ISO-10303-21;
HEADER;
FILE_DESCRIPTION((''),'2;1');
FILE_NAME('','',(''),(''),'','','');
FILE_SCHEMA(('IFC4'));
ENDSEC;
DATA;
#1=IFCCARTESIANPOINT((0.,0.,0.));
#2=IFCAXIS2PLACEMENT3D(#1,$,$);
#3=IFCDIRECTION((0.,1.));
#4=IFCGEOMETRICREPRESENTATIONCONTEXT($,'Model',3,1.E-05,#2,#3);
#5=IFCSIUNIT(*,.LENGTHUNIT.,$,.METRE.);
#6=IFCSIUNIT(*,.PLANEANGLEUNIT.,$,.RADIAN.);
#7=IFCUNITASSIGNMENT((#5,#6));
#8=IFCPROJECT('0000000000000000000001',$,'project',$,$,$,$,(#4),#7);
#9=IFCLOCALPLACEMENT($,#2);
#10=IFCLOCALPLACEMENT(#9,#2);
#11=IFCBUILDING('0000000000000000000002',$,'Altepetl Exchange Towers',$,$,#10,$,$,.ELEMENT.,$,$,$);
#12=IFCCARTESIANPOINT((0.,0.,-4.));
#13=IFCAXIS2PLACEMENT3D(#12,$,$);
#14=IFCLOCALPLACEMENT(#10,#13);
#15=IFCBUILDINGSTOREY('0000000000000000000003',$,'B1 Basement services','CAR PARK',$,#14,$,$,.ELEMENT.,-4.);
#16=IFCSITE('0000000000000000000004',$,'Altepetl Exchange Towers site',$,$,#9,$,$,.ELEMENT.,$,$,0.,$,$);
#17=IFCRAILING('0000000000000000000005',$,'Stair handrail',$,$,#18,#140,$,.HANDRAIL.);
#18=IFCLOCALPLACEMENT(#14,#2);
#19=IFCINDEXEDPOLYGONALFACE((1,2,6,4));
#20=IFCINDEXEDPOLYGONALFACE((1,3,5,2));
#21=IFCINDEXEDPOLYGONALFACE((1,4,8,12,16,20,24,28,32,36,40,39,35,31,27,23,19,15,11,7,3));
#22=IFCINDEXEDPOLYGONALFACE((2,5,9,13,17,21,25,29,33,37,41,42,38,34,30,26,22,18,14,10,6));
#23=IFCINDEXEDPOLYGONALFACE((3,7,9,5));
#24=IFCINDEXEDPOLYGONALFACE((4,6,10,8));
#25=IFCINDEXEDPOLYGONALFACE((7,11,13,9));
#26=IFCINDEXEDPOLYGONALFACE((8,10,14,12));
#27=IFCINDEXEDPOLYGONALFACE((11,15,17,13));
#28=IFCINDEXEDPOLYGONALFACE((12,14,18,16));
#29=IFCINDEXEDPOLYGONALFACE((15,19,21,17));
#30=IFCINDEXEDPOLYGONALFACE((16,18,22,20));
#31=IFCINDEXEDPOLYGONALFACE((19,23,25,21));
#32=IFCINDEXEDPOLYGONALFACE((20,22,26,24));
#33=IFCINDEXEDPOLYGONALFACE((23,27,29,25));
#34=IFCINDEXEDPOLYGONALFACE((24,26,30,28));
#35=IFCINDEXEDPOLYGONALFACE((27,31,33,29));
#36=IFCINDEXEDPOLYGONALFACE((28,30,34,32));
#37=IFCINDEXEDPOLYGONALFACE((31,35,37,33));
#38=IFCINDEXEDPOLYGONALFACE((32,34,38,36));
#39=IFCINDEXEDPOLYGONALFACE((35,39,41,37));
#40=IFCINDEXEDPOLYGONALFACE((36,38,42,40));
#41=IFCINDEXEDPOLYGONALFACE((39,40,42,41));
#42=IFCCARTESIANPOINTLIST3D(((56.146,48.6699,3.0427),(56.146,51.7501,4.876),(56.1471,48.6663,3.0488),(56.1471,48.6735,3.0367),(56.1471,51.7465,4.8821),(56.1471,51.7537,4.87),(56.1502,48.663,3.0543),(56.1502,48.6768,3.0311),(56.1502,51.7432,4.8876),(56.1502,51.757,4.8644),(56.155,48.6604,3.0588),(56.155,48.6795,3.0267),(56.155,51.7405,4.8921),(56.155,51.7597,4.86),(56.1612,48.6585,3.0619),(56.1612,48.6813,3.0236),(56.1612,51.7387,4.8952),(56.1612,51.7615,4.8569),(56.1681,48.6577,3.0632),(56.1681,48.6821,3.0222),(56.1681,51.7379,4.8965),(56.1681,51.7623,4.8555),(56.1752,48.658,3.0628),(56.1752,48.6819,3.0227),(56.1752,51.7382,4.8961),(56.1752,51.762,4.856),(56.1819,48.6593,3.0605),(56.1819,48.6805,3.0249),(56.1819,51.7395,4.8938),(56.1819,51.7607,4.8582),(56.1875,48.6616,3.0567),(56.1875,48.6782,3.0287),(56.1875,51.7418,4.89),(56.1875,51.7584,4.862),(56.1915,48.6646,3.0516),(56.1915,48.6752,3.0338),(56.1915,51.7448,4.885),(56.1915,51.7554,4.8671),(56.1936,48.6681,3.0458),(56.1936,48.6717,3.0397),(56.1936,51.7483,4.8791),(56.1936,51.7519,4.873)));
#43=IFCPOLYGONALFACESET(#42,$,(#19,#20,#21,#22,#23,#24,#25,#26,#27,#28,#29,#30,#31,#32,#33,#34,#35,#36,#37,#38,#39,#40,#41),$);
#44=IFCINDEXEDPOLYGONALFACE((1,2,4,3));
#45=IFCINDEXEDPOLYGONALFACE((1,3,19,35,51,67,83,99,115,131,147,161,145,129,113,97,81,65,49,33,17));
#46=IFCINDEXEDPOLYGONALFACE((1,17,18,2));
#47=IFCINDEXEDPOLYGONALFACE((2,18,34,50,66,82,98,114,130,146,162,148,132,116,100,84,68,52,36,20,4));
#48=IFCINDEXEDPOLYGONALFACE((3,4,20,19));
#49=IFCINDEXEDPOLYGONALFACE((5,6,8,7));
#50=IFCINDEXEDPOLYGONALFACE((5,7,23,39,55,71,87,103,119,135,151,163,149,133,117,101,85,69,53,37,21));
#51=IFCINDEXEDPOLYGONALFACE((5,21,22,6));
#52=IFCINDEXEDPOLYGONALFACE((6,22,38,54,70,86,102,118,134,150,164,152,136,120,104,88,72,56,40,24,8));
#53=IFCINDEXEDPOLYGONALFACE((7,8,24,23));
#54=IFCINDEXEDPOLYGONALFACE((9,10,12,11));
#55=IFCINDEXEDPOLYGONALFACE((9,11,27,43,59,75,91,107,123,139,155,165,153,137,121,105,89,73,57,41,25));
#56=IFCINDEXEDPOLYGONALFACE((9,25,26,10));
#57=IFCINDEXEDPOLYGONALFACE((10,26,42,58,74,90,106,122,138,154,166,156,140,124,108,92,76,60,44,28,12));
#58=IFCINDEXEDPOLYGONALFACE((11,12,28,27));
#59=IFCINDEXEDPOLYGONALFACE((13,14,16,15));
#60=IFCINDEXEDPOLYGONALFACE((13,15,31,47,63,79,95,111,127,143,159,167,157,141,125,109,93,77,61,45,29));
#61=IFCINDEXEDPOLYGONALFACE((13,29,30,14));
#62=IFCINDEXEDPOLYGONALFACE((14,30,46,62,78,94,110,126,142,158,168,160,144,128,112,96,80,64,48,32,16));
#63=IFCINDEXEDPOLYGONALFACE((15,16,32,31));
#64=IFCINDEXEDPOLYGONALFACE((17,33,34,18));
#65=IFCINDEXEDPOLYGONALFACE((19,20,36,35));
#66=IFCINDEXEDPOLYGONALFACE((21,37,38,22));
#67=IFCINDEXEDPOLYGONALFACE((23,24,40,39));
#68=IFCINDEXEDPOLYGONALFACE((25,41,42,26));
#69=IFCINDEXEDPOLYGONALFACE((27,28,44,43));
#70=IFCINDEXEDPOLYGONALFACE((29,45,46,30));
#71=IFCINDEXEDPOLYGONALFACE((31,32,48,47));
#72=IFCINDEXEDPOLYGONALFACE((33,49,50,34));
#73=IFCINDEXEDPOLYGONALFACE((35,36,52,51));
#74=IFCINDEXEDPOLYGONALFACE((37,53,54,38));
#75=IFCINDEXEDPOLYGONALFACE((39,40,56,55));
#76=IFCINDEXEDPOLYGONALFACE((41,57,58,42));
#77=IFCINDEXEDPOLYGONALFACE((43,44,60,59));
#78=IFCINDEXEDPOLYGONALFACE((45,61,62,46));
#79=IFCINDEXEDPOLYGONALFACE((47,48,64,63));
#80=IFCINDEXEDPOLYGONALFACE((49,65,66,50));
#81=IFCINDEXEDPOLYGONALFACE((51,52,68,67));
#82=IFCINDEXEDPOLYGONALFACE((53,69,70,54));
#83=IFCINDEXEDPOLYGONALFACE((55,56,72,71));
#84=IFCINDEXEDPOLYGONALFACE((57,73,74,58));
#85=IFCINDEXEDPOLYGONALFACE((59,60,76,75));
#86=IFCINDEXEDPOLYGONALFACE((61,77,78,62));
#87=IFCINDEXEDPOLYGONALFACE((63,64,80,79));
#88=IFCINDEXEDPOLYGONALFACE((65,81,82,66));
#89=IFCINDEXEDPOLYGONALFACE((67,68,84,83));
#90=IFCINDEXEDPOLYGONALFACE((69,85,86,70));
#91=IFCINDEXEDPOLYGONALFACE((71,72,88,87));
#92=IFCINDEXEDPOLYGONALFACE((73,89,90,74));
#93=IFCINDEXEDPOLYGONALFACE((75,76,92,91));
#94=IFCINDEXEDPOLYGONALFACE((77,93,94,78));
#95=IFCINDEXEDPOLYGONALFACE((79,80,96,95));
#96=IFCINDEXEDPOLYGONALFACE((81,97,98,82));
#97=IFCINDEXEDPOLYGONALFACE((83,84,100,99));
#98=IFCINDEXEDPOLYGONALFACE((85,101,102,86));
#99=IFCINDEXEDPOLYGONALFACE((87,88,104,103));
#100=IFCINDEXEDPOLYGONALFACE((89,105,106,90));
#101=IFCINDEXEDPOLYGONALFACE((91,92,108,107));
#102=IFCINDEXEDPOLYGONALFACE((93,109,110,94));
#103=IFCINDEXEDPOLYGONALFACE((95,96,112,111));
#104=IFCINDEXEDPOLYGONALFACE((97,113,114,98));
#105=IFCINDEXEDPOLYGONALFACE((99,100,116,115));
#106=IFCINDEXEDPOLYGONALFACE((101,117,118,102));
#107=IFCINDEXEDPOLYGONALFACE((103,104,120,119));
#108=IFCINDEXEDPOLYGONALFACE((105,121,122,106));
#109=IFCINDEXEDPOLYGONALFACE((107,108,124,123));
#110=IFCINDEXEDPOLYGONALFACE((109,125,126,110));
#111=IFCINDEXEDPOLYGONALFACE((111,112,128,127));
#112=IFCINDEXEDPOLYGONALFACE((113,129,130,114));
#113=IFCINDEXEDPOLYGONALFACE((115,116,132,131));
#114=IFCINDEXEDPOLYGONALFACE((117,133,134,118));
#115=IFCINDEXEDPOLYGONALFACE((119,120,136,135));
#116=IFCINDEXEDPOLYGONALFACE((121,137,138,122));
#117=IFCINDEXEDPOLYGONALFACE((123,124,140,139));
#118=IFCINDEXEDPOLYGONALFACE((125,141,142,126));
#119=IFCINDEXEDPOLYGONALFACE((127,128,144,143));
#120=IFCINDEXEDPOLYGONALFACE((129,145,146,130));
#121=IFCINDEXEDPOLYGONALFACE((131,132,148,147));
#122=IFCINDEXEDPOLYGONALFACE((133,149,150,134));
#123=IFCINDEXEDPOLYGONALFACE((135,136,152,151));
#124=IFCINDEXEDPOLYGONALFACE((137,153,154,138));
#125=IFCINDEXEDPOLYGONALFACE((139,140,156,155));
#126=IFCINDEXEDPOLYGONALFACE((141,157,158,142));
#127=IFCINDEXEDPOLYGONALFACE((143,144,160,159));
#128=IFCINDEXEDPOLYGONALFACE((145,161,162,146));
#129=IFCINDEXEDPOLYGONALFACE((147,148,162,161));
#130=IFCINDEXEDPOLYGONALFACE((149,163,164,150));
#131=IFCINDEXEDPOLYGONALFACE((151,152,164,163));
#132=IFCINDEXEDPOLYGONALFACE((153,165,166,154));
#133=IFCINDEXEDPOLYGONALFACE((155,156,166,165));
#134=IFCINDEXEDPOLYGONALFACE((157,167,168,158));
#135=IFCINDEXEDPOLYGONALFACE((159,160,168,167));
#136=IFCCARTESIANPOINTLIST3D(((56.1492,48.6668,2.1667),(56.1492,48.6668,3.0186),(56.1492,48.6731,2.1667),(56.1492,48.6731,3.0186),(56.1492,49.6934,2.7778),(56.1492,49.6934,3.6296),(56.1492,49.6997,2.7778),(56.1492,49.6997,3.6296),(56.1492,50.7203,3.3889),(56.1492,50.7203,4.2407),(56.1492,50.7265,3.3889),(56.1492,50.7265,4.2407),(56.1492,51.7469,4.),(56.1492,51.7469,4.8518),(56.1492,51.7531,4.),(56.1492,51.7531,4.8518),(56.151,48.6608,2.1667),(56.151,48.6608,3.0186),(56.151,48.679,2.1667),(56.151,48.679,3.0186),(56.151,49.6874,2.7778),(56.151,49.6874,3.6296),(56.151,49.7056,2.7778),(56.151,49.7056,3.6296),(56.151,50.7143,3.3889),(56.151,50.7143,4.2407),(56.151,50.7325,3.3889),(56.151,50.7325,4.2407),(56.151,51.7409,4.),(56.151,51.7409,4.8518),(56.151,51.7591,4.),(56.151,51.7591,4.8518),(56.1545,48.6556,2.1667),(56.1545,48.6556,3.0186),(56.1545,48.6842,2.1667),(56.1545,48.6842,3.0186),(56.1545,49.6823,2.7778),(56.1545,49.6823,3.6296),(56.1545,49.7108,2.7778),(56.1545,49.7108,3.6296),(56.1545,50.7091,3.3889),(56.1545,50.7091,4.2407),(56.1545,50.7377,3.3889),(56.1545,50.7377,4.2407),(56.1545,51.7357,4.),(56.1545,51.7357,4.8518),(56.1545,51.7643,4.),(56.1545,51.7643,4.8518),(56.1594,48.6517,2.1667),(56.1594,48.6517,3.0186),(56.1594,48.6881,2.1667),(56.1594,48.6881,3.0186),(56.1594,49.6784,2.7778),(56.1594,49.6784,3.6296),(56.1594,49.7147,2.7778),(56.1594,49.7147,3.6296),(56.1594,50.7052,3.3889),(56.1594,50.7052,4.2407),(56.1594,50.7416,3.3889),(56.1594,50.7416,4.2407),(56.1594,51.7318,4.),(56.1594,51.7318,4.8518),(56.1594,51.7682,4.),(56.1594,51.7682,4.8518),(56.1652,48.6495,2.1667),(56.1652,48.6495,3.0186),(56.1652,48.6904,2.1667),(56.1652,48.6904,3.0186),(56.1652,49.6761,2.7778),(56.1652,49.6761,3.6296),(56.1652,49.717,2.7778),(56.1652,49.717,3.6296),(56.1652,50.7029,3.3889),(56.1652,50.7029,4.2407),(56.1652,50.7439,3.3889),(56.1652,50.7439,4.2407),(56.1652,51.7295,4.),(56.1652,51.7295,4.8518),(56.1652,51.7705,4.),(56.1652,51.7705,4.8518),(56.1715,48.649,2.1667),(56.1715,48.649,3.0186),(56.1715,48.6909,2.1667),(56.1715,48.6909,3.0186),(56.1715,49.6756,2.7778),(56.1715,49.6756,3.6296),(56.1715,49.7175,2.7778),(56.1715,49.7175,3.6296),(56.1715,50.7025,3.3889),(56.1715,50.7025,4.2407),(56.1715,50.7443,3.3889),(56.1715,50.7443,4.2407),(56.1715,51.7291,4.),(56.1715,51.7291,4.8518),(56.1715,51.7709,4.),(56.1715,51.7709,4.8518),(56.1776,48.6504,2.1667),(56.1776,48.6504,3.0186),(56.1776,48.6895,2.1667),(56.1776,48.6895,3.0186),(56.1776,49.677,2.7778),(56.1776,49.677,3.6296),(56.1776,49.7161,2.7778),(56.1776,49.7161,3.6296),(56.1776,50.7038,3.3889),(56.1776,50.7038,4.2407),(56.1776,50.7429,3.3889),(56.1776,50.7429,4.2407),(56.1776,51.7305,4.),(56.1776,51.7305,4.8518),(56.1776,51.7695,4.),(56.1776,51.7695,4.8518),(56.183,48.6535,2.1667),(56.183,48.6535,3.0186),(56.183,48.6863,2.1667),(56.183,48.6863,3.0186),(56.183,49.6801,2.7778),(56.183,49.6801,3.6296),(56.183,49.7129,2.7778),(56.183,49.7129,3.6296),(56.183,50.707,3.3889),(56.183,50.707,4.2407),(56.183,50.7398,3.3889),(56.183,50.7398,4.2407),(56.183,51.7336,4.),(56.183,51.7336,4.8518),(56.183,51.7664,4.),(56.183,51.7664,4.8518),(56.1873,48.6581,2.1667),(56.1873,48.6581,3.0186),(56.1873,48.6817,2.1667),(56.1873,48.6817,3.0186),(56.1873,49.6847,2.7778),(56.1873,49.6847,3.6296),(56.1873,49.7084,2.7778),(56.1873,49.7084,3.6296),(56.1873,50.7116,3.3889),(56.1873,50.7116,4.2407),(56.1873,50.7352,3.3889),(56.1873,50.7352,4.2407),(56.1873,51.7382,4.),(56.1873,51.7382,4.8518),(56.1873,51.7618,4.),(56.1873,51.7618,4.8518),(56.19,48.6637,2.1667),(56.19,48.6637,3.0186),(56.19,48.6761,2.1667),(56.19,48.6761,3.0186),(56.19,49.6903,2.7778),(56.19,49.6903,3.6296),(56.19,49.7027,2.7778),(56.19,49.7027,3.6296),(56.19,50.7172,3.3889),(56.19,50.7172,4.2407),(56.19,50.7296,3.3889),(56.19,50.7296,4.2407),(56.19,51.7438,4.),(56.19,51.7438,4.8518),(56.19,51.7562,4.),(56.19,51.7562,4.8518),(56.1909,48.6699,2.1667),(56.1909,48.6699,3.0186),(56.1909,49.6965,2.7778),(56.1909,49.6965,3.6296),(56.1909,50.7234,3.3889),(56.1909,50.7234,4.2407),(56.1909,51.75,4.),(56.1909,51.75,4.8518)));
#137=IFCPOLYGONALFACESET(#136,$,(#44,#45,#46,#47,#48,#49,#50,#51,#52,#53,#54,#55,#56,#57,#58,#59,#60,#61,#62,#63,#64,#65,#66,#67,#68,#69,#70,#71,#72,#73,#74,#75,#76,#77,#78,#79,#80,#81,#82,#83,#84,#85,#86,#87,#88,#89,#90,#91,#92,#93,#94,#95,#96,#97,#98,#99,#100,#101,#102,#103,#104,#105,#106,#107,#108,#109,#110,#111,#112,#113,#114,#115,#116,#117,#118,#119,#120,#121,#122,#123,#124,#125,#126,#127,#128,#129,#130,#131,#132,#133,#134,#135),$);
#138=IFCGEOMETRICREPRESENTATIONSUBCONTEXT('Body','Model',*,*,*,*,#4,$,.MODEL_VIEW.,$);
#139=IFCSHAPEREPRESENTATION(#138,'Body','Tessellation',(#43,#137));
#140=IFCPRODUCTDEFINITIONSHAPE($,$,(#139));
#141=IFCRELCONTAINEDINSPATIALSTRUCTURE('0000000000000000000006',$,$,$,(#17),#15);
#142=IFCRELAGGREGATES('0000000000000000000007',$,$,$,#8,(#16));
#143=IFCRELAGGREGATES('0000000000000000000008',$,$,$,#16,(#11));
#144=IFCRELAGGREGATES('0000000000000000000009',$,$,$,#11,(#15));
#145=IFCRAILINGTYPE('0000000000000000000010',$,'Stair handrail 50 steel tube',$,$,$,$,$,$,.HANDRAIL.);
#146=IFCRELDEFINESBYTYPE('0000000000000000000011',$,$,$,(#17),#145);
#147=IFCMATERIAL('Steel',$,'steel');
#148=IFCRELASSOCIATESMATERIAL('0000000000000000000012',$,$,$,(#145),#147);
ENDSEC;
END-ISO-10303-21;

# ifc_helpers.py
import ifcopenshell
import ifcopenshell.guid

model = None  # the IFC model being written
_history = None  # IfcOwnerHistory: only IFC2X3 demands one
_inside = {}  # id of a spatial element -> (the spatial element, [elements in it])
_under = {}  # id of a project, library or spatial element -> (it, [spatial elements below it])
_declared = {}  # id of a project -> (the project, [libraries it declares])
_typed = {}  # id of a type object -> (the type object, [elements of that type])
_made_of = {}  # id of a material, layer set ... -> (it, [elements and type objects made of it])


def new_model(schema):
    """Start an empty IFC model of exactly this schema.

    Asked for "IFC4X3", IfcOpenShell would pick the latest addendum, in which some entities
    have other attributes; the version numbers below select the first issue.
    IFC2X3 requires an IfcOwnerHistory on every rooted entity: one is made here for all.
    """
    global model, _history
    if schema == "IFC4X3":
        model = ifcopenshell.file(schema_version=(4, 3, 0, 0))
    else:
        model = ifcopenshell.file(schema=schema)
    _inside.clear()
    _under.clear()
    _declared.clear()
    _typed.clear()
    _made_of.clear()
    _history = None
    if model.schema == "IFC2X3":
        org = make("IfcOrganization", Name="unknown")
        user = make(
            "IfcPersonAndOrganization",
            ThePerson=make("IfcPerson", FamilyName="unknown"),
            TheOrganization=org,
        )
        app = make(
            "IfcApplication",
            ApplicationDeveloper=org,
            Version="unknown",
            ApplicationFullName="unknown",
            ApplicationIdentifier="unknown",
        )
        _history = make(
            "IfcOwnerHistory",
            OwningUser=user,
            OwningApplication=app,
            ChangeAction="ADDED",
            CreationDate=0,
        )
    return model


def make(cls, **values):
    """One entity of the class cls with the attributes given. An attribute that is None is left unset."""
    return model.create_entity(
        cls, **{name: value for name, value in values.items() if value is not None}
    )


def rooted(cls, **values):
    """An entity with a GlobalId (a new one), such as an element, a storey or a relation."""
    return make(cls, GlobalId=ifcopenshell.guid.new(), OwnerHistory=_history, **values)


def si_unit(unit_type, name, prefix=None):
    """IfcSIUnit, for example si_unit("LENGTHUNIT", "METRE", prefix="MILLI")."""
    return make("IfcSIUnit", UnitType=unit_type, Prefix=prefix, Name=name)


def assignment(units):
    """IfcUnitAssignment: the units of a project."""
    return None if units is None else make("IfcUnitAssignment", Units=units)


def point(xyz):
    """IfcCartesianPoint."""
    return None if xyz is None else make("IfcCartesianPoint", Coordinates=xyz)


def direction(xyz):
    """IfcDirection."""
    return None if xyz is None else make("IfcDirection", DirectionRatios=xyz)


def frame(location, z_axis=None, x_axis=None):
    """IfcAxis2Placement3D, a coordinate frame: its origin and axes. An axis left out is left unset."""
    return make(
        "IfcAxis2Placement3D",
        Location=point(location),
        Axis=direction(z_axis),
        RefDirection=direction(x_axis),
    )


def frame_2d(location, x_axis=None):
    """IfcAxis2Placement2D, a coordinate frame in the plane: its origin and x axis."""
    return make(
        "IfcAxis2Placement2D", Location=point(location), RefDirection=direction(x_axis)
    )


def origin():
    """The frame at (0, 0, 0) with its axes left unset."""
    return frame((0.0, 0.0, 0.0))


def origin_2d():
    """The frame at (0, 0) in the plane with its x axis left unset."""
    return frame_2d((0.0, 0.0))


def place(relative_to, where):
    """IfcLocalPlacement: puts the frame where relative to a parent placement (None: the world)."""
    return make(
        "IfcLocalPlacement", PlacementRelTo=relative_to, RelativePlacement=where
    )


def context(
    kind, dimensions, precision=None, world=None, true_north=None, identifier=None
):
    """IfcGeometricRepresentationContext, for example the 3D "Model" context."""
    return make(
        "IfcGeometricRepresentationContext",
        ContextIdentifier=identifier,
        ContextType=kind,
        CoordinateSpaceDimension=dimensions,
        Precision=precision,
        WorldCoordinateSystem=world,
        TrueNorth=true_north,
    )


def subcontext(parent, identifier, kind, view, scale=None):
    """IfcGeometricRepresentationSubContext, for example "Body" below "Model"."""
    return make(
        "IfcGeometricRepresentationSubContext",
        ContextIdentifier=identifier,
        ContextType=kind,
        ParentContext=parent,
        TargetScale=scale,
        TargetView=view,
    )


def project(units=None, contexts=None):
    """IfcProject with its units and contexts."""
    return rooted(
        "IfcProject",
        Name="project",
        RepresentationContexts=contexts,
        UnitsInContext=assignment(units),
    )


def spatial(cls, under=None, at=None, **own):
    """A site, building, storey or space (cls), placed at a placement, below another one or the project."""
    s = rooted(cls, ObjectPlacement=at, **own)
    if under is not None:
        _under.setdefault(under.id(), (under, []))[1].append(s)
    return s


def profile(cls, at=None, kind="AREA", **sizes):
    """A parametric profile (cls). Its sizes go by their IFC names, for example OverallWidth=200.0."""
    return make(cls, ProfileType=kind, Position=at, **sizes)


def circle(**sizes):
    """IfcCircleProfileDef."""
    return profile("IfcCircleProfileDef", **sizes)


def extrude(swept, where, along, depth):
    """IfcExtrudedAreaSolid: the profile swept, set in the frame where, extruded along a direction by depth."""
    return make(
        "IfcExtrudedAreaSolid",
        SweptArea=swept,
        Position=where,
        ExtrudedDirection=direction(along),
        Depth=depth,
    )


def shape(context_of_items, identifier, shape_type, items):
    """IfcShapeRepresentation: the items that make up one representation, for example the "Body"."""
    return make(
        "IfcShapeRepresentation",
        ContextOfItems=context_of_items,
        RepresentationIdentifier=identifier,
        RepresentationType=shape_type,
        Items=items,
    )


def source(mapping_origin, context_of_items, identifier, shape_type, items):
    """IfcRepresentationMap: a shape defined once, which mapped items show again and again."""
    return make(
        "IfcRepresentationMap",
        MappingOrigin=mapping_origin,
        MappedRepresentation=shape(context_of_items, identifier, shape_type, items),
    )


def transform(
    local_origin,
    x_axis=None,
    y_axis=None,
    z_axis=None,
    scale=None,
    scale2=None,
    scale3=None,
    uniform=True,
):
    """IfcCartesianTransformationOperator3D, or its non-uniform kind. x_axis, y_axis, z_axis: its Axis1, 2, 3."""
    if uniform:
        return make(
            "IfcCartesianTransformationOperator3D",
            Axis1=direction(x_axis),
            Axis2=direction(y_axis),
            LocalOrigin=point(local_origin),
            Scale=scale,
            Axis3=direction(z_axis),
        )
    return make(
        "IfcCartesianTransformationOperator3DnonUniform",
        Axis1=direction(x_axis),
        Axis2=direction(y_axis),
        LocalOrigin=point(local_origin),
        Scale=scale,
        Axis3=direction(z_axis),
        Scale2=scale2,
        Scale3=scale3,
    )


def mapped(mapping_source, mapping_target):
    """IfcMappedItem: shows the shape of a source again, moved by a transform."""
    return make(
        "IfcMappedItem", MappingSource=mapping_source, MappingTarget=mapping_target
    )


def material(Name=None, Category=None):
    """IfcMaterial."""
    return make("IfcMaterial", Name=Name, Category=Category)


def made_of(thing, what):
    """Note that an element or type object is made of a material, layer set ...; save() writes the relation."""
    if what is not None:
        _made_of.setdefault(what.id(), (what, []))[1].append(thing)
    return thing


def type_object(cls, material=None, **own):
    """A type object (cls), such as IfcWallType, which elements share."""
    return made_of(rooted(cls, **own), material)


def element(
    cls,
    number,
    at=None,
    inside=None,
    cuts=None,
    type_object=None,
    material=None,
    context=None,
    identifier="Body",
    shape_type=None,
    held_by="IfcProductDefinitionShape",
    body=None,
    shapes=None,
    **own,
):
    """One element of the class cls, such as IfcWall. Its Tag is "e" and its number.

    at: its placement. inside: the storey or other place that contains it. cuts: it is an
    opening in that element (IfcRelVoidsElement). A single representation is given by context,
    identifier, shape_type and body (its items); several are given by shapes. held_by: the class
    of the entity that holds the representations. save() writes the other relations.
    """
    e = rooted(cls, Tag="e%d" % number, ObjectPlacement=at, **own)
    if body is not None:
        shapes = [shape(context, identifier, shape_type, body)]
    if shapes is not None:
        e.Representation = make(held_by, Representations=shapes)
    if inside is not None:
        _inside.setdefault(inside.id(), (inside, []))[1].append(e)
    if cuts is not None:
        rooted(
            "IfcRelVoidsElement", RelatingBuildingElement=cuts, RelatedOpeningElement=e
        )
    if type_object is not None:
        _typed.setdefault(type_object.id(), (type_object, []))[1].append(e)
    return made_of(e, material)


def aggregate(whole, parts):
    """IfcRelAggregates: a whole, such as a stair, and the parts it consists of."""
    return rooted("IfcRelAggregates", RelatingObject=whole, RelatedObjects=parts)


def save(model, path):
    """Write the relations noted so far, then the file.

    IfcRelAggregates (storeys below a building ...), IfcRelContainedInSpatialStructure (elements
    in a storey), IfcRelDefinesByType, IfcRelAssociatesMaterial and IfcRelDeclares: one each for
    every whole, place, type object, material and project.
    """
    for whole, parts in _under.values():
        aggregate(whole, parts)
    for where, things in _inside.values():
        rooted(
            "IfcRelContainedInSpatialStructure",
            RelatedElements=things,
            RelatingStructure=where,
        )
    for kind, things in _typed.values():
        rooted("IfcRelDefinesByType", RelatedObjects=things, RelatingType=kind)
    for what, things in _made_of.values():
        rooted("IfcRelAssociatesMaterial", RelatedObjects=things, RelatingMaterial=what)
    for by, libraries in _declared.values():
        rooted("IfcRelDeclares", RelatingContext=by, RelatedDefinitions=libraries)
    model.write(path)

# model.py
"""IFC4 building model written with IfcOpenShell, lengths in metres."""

from ifc_helpers import new_model, si_unit, direction, frame, origin, origin_2d, place, context, subcontext, project, spatial, circle, extrude, source, transform, mapped, material, type_object, element, save


model = new_model("IFC4")

# Units and contexts
model_context = context("Model", 3, precision=1e-05, world=origin(), true_north=direction((0.0, 1.0)))
body_context = subcontext(model_context, "Body", "Model", "MODEL_VIEW")
ifc_project = project(units=[si_unit("LENGTHUNIT", "METRE"), si_unit("PLANEANGLEUNIT", "RADIAN")], contexts=[model_context])

# Site, building, storey
site_placement = place(None, origin())
site = spatial("IfcSite", under=ifc_project, at=site_placement, Name="Altepetl Exchange Towers site", CompositionType="ELEMENT", RefElevation=0.0)
building_placement = place(site_placement, origin())
building = spatial("IfcBuilding", under=site, at=building_placement, Name="Altepetl Exchange Towers", CompositionType="ELEMENT")
storey_placement = place(building_placement, frame((0.0, 0.0, -4.0)))
storey = spatial("IfcBuildingStorey", under=building, at=storey_placement, Name="B1 Basement services", Description="CAR PARK", CompositionType="ELEMENT", Elevation=-4.0)

# Railing
ifc_material_1 = material(Name="Steel", Category="steel")
railing_type = type_object("IfcRailingType", Name="Stair handrail 50 steel tube", PredefinedType="HANDRAIL", material=ifc_material_1)
shared_shape = source(origin(), body_context, "Body", "SweptSolid", [
    extrude(circle(Radius=0.021, at=origin_2d()), origin(), (0.0, 0.0, 1.0), 0.8518),
])
railing_1_placement = place(storey_placement, frame((56.1699, 48.6699, 2.1667)))
element("IfcRailing", 1, at=railing_1_placement, inside=storey, type_object=railing_type, Name="Stair handrail", PredefinedType="HANDRAIL", context=body_context, shape_type="SweptSolid", body=[
    extrude(circle(Radius=0.0239, at=origin_2d()), frame((0.0, 0.0, 0.876), z_axis=(0.0, 0.859309, 0.511458), x_axis=(-1.0, 0.0, 0.0)), (0.0, 0.0, 1.0), 3.5845),
    mapped(shared_shape, transform((0.0, 0.0, 0.0))),
    mapped(shared_shape, transform((0.0, 1.0266, 0.6111))),
    mapped(shared_shape, transform((0.0, 2.0535, 1.2222))),
    mapped(shared_shape, transform((0.0, 3.0801, 1.8333))),
])

save(model, "model.ifc")
